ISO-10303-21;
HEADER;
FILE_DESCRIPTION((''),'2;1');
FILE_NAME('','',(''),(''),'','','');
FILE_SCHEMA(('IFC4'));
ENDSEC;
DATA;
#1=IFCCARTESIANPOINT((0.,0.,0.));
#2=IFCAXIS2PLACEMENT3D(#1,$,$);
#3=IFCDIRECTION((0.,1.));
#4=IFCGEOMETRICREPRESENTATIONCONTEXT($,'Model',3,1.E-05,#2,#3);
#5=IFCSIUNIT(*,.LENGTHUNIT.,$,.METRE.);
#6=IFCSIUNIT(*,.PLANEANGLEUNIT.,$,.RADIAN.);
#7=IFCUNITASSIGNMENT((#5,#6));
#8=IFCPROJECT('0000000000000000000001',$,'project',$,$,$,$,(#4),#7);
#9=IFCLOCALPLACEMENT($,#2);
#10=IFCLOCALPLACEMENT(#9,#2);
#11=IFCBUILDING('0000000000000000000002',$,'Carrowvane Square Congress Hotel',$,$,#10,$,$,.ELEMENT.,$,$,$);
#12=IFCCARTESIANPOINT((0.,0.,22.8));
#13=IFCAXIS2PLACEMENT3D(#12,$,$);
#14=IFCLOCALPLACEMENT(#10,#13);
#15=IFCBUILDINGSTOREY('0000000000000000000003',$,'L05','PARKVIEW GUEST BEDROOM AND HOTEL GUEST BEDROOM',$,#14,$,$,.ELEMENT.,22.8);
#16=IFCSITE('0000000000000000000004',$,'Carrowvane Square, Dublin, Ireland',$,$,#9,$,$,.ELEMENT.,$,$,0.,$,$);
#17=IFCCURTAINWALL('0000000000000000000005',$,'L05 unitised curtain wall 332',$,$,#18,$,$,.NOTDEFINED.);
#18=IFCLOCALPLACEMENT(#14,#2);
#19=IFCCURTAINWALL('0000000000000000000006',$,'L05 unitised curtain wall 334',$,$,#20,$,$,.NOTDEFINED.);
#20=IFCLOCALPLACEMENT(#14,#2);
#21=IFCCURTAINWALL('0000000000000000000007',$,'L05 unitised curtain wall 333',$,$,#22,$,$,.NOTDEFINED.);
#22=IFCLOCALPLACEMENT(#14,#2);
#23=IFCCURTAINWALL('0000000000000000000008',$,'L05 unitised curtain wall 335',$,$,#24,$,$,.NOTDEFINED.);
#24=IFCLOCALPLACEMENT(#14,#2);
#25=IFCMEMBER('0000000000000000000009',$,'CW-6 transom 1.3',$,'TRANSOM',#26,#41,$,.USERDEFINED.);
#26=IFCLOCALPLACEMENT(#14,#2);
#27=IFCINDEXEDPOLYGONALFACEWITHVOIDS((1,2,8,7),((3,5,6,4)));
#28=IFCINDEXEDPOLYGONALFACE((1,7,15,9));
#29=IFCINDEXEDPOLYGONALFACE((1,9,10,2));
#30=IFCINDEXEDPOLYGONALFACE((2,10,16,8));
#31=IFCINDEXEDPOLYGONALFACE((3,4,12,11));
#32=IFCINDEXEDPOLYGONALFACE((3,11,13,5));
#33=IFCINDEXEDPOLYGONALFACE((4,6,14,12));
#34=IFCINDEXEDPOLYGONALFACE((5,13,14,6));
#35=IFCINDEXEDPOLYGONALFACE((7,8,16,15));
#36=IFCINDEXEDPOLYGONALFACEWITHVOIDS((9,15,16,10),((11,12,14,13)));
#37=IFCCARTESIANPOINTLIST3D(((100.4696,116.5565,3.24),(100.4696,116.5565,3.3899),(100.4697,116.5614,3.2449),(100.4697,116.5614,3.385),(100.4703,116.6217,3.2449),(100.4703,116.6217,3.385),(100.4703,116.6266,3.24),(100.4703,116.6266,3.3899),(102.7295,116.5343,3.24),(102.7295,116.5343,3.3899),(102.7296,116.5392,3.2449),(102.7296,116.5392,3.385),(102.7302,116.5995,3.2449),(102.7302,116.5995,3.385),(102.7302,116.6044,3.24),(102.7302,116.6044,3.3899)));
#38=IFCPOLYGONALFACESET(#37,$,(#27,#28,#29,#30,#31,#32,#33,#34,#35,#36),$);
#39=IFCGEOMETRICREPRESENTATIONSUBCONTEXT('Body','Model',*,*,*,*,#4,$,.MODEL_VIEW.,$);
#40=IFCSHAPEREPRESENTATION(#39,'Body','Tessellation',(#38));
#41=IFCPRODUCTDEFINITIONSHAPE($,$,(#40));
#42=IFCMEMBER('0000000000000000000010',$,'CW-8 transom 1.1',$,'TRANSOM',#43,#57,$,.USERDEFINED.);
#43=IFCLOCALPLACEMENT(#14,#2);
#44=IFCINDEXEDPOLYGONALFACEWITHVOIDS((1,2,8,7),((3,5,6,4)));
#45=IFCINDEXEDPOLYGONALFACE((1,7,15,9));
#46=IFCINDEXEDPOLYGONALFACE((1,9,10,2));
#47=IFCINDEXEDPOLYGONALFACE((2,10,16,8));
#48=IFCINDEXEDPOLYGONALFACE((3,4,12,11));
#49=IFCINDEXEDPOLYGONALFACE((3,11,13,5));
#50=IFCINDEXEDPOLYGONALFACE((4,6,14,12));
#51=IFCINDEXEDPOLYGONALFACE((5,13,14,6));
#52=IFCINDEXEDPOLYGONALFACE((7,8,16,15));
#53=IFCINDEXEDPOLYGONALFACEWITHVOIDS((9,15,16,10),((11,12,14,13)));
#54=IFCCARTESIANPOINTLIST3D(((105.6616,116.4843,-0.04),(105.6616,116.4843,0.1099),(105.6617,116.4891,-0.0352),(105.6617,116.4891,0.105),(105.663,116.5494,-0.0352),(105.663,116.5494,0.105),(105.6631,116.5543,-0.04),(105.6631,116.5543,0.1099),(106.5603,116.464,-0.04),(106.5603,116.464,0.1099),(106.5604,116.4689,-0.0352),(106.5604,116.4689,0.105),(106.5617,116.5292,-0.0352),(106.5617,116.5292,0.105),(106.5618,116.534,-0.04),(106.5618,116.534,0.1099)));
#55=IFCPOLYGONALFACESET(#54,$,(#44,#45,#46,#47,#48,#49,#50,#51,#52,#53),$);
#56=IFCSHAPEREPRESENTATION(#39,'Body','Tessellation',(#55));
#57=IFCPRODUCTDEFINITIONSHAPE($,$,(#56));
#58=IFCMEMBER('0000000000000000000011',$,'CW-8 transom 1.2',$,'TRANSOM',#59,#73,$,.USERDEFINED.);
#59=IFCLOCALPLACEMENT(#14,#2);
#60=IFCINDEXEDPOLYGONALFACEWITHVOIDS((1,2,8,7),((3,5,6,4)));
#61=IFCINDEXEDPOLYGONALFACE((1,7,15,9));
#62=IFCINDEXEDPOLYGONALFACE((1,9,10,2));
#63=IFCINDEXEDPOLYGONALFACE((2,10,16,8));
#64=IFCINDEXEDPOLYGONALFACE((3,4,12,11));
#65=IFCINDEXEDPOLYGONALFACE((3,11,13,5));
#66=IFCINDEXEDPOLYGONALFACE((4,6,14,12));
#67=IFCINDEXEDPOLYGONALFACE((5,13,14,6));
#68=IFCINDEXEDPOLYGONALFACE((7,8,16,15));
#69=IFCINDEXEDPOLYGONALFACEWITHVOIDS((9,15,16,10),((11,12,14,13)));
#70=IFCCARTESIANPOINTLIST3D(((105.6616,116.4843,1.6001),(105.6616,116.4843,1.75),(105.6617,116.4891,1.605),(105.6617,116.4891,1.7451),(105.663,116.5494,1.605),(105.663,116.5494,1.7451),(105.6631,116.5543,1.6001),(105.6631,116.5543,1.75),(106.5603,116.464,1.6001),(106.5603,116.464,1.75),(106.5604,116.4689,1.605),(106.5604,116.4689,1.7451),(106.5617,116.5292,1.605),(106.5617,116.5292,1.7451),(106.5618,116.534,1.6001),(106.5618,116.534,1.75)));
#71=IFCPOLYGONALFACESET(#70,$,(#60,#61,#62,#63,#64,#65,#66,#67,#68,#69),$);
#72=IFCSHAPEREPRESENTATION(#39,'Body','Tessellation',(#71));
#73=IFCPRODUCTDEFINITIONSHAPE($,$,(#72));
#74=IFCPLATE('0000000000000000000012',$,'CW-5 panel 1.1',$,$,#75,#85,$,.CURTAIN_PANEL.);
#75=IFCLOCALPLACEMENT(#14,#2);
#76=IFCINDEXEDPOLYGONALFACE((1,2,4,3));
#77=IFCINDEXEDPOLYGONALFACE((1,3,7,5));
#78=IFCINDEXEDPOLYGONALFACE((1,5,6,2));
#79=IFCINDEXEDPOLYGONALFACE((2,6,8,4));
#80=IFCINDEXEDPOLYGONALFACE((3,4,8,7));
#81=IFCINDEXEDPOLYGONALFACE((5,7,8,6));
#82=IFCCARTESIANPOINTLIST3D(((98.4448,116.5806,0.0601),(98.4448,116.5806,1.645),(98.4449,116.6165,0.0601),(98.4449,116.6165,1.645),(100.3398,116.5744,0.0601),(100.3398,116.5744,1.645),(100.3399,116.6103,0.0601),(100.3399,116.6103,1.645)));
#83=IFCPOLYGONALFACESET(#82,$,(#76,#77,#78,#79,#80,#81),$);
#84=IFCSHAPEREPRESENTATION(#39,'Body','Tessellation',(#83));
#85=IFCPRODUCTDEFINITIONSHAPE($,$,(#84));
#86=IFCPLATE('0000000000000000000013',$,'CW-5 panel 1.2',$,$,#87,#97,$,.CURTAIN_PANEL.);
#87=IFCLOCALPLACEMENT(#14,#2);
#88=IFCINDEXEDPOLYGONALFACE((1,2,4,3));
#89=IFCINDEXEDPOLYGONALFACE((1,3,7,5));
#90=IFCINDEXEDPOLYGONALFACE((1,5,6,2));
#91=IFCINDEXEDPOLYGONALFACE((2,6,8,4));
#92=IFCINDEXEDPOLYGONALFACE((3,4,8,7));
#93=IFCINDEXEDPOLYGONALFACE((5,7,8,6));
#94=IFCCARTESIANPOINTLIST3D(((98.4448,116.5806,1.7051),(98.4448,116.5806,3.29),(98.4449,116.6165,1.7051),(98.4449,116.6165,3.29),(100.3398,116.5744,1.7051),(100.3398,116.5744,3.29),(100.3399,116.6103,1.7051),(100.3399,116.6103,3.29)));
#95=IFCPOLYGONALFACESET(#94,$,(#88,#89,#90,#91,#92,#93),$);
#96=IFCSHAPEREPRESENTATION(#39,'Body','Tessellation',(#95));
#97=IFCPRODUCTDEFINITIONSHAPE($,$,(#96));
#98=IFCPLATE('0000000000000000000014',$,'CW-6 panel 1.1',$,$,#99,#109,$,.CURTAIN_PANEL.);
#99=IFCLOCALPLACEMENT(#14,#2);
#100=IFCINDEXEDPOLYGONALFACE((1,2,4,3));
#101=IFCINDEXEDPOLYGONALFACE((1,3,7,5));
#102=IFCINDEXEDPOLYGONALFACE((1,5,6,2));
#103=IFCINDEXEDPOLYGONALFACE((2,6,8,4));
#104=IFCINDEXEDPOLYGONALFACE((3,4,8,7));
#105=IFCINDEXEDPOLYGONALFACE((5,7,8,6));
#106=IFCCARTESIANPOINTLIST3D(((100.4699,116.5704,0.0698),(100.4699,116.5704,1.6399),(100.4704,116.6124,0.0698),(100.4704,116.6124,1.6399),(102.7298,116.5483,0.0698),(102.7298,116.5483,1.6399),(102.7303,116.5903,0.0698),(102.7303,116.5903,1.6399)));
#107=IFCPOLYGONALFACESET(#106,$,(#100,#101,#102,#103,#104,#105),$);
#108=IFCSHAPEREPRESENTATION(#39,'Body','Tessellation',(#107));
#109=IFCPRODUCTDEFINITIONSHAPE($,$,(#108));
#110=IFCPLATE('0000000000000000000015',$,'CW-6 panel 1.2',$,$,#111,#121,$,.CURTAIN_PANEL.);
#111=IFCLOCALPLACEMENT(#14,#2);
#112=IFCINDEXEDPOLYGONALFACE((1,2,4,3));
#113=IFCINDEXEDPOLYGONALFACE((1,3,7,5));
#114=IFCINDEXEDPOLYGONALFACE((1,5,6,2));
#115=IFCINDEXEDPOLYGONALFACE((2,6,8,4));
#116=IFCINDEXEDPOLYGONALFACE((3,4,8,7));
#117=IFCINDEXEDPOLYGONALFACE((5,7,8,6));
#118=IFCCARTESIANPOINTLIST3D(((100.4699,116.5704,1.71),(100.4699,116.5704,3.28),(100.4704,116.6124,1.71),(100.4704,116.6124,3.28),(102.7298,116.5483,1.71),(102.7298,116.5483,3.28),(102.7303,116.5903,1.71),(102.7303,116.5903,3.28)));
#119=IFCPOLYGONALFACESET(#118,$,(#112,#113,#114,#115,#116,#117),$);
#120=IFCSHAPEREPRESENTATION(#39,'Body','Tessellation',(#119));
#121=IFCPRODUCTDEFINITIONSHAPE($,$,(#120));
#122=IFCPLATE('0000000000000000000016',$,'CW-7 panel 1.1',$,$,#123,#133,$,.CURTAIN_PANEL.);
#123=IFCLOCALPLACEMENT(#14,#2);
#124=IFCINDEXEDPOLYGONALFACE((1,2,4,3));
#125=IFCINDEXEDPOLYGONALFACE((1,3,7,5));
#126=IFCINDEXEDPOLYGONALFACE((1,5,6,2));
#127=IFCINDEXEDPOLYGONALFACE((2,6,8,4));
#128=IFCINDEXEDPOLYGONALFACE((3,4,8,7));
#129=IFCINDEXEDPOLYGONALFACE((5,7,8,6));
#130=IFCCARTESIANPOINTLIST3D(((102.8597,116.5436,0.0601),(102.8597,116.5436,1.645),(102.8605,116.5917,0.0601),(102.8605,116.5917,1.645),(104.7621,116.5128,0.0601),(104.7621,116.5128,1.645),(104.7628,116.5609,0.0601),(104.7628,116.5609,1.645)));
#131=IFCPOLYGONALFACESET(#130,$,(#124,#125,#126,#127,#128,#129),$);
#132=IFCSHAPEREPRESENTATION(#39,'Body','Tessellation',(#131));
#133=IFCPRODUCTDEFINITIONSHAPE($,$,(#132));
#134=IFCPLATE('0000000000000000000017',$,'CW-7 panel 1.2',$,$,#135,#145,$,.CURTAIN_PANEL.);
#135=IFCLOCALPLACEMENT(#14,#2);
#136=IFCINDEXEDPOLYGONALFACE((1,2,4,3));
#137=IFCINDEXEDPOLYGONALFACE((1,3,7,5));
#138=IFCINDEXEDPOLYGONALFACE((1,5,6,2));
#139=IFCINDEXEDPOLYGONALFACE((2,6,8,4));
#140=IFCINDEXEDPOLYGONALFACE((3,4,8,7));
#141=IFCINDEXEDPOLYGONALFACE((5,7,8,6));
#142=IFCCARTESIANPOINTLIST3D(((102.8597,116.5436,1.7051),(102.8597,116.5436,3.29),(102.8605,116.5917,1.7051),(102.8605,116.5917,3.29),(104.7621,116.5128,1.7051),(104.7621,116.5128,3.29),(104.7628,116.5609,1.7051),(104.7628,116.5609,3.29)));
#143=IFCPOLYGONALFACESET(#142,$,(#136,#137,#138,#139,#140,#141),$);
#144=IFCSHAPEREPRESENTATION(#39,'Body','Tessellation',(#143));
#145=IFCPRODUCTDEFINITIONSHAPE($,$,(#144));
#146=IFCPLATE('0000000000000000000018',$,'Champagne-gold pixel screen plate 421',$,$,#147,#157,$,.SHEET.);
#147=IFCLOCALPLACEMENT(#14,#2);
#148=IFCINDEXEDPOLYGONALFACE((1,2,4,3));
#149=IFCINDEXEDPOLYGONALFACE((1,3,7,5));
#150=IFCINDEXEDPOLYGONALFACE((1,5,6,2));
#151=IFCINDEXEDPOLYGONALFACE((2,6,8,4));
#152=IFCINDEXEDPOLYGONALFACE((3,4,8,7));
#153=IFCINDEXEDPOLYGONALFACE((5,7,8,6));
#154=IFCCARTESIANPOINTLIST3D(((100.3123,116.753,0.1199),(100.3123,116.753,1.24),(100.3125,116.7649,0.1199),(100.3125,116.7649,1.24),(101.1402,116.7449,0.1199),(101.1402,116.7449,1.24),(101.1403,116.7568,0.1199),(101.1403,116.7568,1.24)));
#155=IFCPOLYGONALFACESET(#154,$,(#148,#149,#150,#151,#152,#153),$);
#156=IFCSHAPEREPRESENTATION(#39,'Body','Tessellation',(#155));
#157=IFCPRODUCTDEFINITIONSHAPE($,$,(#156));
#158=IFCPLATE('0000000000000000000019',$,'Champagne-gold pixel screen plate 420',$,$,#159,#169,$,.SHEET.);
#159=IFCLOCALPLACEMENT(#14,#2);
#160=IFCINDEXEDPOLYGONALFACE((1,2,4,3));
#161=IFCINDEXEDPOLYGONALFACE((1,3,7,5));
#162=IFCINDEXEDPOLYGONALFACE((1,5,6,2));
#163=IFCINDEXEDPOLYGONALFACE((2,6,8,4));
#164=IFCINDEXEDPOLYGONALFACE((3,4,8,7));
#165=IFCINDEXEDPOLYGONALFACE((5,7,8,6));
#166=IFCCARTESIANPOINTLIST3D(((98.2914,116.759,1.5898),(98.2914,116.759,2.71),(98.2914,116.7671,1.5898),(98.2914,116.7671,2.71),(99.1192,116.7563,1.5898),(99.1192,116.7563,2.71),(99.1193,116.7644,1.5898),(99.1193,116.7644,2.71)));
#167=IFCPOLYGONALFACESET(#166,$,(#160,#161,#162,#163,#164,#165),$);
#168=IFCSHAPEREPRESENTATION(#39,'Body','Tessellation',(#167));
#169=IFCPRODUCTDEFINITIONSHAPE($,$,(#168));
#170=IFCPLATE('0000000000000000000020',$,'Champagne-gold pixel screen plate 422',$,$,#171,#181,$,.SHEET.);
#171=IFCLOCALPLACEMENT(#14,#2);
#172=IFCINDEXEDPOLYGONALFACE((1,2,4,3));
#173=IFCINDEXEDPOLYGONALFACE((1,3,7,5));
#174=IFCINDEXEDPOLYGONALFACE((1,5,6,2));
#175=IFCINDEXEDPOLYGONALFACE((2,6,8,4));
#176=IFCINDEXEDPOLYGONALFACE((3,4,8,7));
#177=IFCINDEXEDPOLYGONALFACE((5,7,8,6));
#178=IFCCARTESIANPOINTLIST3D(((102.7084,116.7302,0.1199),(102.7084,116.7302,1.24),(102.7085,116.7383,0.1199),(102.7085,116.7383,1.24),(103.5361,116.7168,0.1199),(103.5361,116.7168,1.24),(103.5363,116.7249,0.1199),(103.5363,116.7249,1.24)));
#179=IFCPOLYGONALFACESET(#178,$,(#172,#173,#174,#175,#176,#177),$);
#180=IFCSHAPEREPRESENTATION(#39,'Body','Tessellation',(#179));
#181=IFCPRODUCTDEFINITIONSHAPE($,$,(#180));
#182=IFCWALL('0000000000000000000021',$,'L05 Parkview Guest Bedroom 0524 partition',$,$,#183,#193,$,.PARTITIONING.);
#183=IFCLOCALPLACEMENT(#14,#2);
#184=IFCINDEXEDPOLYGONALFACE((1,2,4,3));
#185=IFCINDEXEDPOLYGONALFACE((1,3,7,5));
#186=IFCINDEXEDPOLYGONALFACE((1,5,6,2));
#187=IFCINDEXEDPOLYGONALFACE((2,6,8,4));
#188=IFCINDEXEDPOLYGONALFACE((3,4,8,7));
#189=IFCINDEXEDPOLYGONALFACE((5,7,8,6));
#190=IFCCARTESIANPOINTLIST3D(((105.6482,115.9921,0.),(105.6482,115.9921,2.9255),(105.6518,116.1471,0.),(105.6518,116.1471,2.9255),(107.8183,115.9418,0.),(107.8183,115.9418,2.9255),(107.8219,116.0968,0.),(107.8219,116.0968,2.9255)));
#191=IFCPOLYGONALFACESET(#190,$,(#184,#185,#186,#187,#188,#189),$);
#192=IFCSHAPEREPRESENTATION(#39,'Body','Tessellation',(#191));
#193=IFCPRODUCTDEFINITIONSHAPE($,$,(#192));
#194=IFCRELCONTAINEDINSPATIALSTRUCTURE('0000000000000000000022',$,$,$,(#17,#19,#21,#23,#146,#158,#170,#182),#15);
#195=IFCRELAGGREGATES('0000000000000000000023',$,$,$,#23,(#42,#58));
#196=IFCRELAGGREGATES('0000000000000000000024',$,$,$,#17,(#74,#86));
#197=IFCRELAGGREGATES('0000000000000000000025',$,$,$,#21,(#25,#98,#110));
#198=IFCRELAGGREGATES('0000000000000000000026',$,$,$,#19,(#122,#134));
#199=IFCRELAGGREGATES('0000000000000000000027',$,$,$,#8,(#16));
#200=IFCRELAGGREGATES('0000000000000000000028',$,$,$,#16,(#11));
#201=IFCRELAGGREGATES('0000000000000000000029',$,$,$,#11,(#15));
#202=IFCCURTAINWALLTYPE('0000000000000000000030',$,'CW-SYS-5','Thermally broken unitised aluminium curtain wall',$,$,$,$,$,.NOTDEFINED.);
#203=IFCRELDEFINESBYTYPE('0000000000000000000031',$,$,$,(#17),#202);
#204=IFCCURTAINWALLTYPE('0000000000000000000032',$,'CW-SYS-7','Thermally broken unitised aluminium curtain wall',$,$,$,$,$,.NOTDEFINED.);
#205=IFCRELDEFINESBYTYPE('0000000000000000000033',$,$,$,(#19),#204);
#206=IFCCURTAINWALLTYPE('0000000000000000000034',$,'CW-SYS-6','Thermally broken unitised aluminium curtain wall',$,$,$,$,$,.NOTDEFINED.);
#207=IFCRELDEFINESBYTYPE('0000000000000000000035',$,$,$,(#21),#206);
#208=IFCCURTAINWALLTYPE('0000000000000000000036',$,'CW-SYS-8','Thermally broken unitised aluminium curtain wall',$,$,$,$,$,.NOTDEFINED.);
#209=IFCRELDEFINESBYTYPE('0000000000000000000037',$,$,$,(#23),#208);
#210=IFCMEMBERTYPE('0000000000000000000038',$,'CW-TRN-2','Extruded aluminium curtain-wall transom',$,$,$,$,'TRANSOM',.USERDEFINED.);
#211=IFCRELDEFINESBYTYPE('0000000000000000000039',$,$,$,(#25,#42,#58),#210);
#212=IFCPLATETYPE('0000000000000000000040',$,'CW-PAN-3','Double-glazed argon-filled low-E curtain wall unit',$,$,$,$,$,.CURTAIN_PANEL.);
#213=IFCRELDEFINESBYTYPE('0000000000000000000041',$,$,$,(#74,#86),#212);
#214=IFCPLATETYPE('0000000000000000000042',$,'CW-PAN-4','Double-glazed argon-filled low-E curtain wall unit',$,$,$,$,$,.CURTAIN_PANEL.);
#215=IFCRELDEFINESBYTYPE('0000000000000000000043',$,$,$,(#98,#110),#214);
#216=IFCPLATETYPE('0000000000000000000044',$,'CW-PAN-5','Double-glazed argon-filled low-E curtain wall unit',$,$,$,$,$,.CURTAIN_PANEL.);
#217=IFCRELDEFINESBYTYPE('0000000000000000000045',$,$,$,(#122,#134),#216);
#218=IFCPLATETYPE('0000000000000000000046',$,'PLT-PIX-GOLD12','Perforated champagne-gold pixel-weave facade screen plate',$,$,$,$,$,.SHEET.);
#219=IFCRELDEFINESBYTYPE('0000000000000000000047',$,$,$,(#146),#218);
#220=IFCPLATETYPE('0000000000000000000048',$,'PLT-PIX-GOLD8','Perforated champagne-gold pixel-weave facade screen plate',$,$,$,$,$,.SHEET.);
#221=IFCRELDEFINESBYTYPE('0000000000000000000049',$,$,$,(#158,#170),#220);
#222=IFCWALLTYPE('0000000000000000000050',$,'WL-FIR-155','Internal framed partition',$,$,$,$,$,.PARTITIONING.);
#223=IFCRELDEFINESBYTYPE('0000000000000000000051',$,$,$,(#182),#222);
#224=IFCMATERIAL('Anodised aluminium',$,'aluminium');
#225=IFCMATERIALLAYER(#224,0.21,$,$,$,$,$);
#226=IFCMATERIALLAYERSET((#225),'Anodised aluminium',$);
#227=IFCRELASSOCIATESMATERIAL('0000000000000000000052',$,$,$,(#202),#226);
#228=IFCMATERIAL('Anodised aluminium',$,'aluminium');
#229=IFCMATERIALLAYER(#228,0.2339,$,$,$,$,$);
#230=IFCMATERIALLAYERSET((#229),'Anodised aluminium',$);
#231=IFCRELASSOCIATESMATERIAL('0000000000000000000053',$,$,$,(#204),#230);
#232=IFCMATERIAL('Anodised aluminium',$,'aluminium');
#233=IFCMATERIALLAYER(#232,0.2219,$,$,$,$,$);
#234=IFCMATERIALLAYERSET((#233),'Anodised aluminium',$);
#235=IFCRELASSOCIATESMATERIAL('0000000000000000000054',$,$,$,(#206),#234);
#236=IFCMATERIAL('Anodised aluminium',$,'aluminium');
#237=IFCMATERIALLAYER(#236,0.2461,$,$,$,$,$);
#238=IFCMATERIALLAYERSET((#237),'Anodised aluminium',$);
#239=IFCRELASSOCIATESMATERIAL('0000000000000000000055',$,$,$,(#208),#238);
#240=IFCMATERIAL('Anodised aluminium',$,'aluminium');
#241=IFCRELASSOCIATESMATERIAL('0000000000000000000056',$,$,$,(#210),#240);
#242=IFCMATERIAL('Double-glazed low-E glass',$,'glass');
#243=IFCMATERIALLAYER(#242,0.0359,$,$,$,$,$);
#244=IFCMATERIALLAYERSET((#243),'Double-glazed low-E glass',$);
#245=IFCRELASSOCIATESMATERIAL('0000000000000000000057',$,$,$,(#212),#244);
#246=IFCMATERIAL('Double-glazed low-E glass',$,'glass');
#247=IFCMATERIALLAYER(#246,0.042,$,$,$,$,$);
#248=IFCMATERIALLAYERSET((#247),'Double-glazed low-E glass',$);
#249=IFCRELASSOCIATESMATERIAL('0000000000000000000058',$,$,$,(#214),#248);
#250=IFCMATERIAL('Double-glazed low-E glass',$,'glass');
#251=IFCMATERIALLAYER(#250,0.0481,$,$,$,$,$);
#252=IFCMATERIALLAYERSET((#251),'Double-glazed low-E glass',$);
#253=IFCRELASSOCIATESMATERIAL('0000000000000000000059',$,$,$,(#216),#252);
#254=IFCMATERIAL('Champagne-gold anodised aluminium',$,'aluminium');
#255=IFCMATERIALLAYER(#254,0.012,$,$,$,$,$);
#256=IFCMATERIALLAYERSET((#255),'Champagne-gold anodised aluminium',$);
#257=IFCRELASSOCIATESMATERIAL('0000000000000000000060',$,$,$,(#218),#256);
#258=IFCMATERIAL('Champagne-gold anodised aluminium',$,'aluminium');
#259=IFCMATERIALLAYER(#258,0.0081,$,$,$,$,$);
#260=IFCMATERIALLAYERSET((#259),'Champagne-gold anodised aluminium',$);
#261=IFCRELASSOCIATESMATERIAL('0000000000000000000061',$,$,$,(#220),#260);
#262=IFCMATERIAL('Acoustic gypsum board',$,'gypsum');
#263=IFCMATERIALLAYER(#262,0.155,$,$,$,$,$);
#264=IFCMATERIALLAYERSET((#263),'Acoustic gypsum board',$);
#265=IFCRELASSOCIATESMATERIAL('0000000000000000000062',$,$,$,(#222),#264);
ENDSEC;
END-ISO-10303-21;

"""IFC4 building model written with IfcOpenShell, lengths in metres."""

from ifc_helpers import new_model, si_unit, direction, frame, frame_2d, origin, origin_2d, place, context, subcontext, project, spatial, rectangle, hollow_rectangle, extrude, material, layer, layer_set, material_profile, profile_set, type_object, element, aggregate, save


model = new_model("IFC4")

# Units and contexts
model_context = context("Model", 3, precision=1e-05, world=origin(), true_north=direction((0.0, 1.0)))
body_context = subcontext(model_context, "Body", "Model", "MODEL_VIEW")
ifc_project = project(units=[si_unit("LENGTHUNIT", "METRE"), si_unit("PLANEANGLEUNIT", "RADIAN")], contexts=[model_context])

# Site, building, storey
site_placement = place(None, origin())
site = spatial("IfcSite", under=ifc_project, at=site_placement, Name="Carrowvane Square, Dublin, Ireland", CompositionType="ELEMENT", RefElevation=0.0)
building_placement = place(site_placement, origin())
building = spatial("IfcBuilding", under=site, at=building_placement, Name="Carrowvane Square Congress Hotel", CompositionType="ELEMENT")
storey_placement = place(building_placement, frame((0.0, 0.0, 22.8)))
storey = spatial("IfcBuildingStorey", under=building, at=storey_placement, Name="L05", Description="PARKVIEW GUEST BEDROOM AND HOTEL GUEST BEDROOM", CompositionType="ELEMENT", Elevation=22.8)

# Curtain walls
ifc_material_1 = material(Name="Anodised aluminium", Category="aluminium")
ifc_layer_1 = layer(ifc_material_1, 0.21)
ifc_layer_set_1 = layer_set([ifc_layer_1], Name="Anodised aluminium")
curtain_wall_type_1 = type_object("IfcCurtainWallType", Name="CW-SYS-5", Description="Thermally broken unitised aluminium curtain wall", PredefinedType="NOTDEFINED", material=ifc_layer_set_1)
curtain_wall_1_placement = place(storey_placement, origin())
curtain_wall_1 = element("IfcCurtainWall", 1, at=curtain_wall_1_placement, inside=storey, type_object=curtain_wall_type_1, Name="L05 unitised curtain wall 332", PredefinedType="NOTDEFINED")
ifc_material_2 = material(Name="Anodised aluminium", Category="aluminium")
ifc_layer_2 = layer(ifc_material_2, 0.2339)
ifc_layer_set_2 = layer_set([ifc_layer_2], Name="Anodised aluminium")
curtain_wall_type_2 = type_object("IfcCurtainWallType", Name="CW-SYS-7", Description="Thermally broken unitised aluminium curtain wall", PredefinedType="NOTDEFINED", material=ifc_layer_set_2)
curtain_wall_2_placement = place(storey_placement, origin())
curtain_wall_2 = element("IfcCurtainWall", 2, at=curtain_wall_2_placement, inside=storey, type_object=curtain_wall_type_2, Name="L05 unitised curtain wall 334", PredefinedType="NOTDEFINED")
ifc_material_3 = material(Name="Anodised aluminium", Category="aluminium")
ifc_layer_3 = layer(ifc_material_3, 0.2219)
ifc_layer_set_3 = layer_set([ifc_layer_3], Name="Anodised aluminium")
curtain_wall_type_3 = type_object("IfcCurtainWallType", Name="CW-SYS-6", Description="Thermally broken unitised aluminium curtain wall", PredefinedType="NOTDEFINED", material=ifc_layer_set_3)
curtain_wall_3_placement = place(storey_placement, origin())
curtain_wall_3 = element("IfcCurtainWall", 3, at=curtain_wall_3_placement, inside=storey, type_object=curtain_wall_type_3, Name="L05 unitised curtain wall 333", PredefinedType="NOTDEFINED")

# Curtain wall
ifc_material_4 = material(Name="Anodised aluminium", Category="aluminium")
ifc_layer_4 = layer(ifc_material_4, 0.2461)
ifc_layer_set_4 = layer_set([ifc_layer_4], Name="Anodised aluminium")
curtain_wall_type_4 = type_object("IfcCurtainWallType", Name="CW-SYS-8", Description="Thermally broken unitised aluminium curtain wall", PredefinedType="NOTDEFINED", material=ifc_layer_set_4)
curtain_wall_4_placement = place(storey_placement, origin())
curtain_wall_4 = element("IfcCurtainWall", 4, at=curtain_wall_4_placement, inside=storey, type_object=curtain_wall_type_4, Name="L05 unitised curtain wall 335", PredefinedType="NOTDEFINED")

# Members
ifc_material_5 = material(Name="Anodised aluminium", Category="aluminium")
ifc_material_profile_1 = material_profile(ifc_material_5, hollow_rectangle(XDim=0.0701, YDim=0.1499, WallThickness=0.0049, at=origin_2d()), Name="CW-TR 70x150x5")
ifc_profile_set_1 = profile_set([ifc_material_profile_1], Name="Anodised aluminium")
member_type_1 = type_object("IfcMemberType", Name="CW-TRN-2", Description="Extruded aluminium curtain-wall transom", ElementType="TRANSOM", PredefinedType="USERDEFINED", material=ifc_profile_set_1)
member_1_placement = place(storey_placement, frame((100.47, 116.5916, 3.3149), z_axis=(0.999952, -0.00983, 0.0), x_axis=(0.00983, 0.999952, 0.0)))
member_1 = element("IfcMember", 5, at=member_1_placement, type_object=member_type_1, Name="CW-6 transom 1.3", ObjectType="TRANSOM", PredefinedType="USERDEFINED", context=body_context, shape_type="SweptSolid", body=[
    extrude(hollow_rectangle(XDim=0.0701, YDim=0.1499, WallThickness=0.0049, at=origin_2d()), origin(), (0.0, 0.0, 1.0), 2.26),
])
member_2_placement = place(storey_placement, frame((105.6624, 116.5193, 0.0349), z_axis=(0.999746, -0.022542, 0.0), x_axis=(0.022542, 0.999746, 0.0)))
member_2 = element("IfcMember", 6, at=member_2_placement, type_object=member_type_1, Name="CW-8 transom 1.1", ObjectType="TRANSOM", PredefinedType="USERDEFINED", context=body_context, shape_type="SweptSolid", body=[
    extrude(hollow_rectangle(XDim=0.0701, YDim=0.1499, WallThickness=0.0049, at=origin_2d()), origin(), (0.0, 0.0, 1.0), 0.8989),
])
member_3_placement = place(storey_placement, frame((105.6624, 116.5193, 1.675), z_axis=(0.999746, -0.022542, 0.0), x_axis=(0.022542, 0.999746, 0.0)))
member_3 = element("IfcMember", 7, at=member_3_placement, type_object=member_type_1, Name="CW-8 transom 1.2", ObjectType="TRANSOM", PredefinedType="USERDEFINED", context=body_context, shape_type="SweptSolid", body=[
    extrude(hollow_rectangle(XDim=0.0701, YDim=0.1499, WallThickness=0.0049, at=origin_2d()), origin(), (0.0, 0.0, 1.0), 0.8989),
])
aggregate(curtain_wall_4, [member_2, member_3])

# Plates
ifc_material_6 = material(Name="Double-glazed low-E glass", Category="glass")
ifc_layer_5 = layer(ifc_material_6, 0.0359)
ifc_layer_set_5 = layer_set([ifc_layer_5], Name="Double-glazed low-E glass")
plate_type_1 = type_object("IfcPlateType", Name="CW-PAN-3", Description="Double-glazed argon-filled low-E curtain wall unit", PredefinedType="CURTAIN_PANEL", material=ifc_layer_set_5)
plate_1_placement = place(storey_placement, frame((99.3923, 116.5955, 0.0601), z_axis=(0.0, 0.0, 1.0), x_axis=(0.999995, -0.00327, 0.0)))
plate_1 = element("IfcPlate", 8, at=plate_1_placement, type_object=plate_type_1, Name="CW-5 panel 1.1", PredefinedType="CURTAIN_PANEL", context=body_context, shape_type="SweptSolid", body=[
    extrude(rectangle(XDim=1.895, YDim=0.0359, at=origin_2d()), origin(), (0.0, 0.0, 1.0), 1.585),
])
plate_2_placement = place(storey_placement, frame((99.3923, 116.5955, 1.7051), z_axis=(0.0, 0.0, 1.0), x_axis=(0.999995, -0.00327, 0.0)))
plate_2 = element("IfcPlate", 9, at=plate_2_placement, type_object=plate_type_1, Name="CW-5 panel 1.2", PredefinedType="CURTAIN_PANEL", context=body_context, shape_type="SweptSolid", body=[
    extrude(rectangle(XDim=1.895, YDim=0.0359, at=origin_2d()), origin(), (0.0, 0.0, 1.0), 1.585),
])
aggregate(curtain_wall_1, [plate_1, plate_2])
ifc_material_7 = material(Name="Double-glazed low-E glass", Category="glass")
ifc_layer_6 = layer(ifc_material_7, 0.042)
ifc_layer_set_6 = layer_set([ifc_layer_6], Name="Double-glazed low-E glass")
plate_type_2 = type_object("IfcPlateType", Name="CW-PAN-4", Description="Double-glazed argon-filled low-E curtain wall unit", PredefinedType="CURTAIN_PANEL", material=ifc_layer_set_6)
plate_3_placement = place(storey_placement, frame((101.6001, 116.5803, 0.0698), z_axis=(0.0, 0.0, 1.0), x_axis=(0.999952, -0.009783, 0.0)))
plate_3 = element("IfcPlate", 10, at=plate_3_placement, type_object=plate_type_2, Name="CW-6 panel 1.1", PredefinedType="CURTAIN_PANEL", context=body_context, shape_type="SweptSolid", body=[
    extrude(rectangle(XDim=2.26, YDim=0.042, at=origin_2d()), origin(), (0.0, 0.0, 1.0), 1.5701),
])
plate_4_placement = place(storey_placement, frame((101.6001, 116.5803, 1.71), z_axis=(0.0, 0.0, 1.0), x_axis=(0.999952, -0.009783, 0.0)))
plate_4 = element("IfcPlate", 11, at=plate_4_placement, type_object=plate_type_2, Name="CW-6 panel 1.2", PredefinedType="CURTAIN_PANEL", context=body_context, shape_type="SweptSolid", body=[
    extrude(rectangle(XDim=2.26, YDim=0.042, at=origin_2d()), origin(), (0.0, 0.0, 1.0), 1.5701),
])
aggregate(curtain_wall_3, [member_1, plate_3, plate_4])
ifc_material_8 = material(Name="Double-glazed low-E glass", Category="glass")
ifc_layer_7 = layer(ifc_material_8, 0.0481)
ifc_layer_set_7 = layer_set([ifc_layer_7], Name="Double-glazed low-E glass")
plate_type_3 = type_object("IfcPlateType", Name="CW-PAN-5", Description="Double-glazed argon-filled low-E curtain wall unit", PredefinedType="CURTAIN_PANEL", material=ifc_layer_set_7)
plate_5_placement = place(storey_placement, frame((103.8113, 116.5522, 0.0601), z_axis=(0.0, 0.0, 1.0), x_axis=(0.999869, -0.016216, 0.0)))
plate_5 = element("IfcPlate", 12, at=plate_5_placement, type_object=plate_type_3, Name="CW-7 panel 1.1", PredefinedType="CURTAIN_PANEL", context=body_context, shape_type="SweptSolid", body=[
    extrude(rectangle(XDim=1.9026, YDim=0.0481, at=origin_2d()), origin(), (0.0, 0.0, 1.0), 1.585),
])
plate_6_placement = place(storey_placement, frame((103.8113, 116.5522, 1.7051), z_axis=(0.0, 0.0, 1.0), x_axis=(0.999869, -0.016216, 0.0)))
plate_6 = element("IfcPlate", 13, at=plate_6_placement, type_object=plate_type_3, Name="CW-7 panel 1.2", PredefinedType="CURTAIN_PANEL", context=body_context, shape_type="SweptSolid", body=[
    extrude(rectangle(XDim=1.9026, YDim=0.0481, at=origin_2d()), origin(), (0.0, 0.0, 1.0), 1.585),
])
aggregate(curtain_wall_2, [plate_5, plate_6])

# Plates
ifc_material_9 = material(Name="Champagne-gold anodised aluminium", Category="aluminium")
ifc_layer_8 = layer(ifc_material_9, 0.012)
ifc_layer_set_8 = layer_set([ifc_layer_8], Name="Champagne-gold anodised aluminium")
plate_type_4 = type_object("IfcPlateType", Name="PLT-PIX-GOLD12", Description="Perforated champagne-gold pixel-weave facade screen plate", PredefinedType="SHEET", material=ifc_layer_set_8)
plate_7_placement = place(storey_placement, frame((100.7263, 116.7549, 0.1199), z_axis=(0.0, 0.0, 1.0), x_axis=(0.999952, -0.009782, 0.0)))
element("IfcPlate", 14, at=plate_7_placement, inside=storey, type_object=plate_type_4, Name="Champagne-gold pixel screen plate 421", PredefinedType="SHEET", context=body_context, shape_type="SweptSolid", body=[
    extrude(rectangle(XDim=0.8279, YDim=0.012, at=origin_2d()), origin(), (0.0, 0.0, 1.0), 1.1201),
])
ifc_material_10 = material(Name="Champagne-gold anodised aluminium", Category="aluminium")
ifc_layer_9 = layer(ifc_material_10, 0.0081)
ifc_layer_set_9 = layer_set([ifc_layer_9], Name="Champagne-gold anodised aluminium")
plate_type_5 = type_object("IfcPlateType", Name="PLT-PIX-GOLD8", Description="Perforated champagne-gold pixel-weave facade screen plate", PredefinedType="SHEET", material=ifc_layer_set_9)
for number, where, z_axis, x_axis, name in (
    (15, (98.7053, 116.7617, 1.5898), (0.0, 0.0, 1.0), (0.999995, -0.00327, 0.0), "Champagne-gold pixel screen plate 420"),
    (16, (103.1223, 116.7275, 0.1199), (0.0, 0.0, 1.0), (0.999869, -0.016216, 0.0), "Champagne-gold pixel screen plate 422"),
):
    element("IfcPlate", number, at=place(storey_placement, frame(where, z_axis=z_axis, x_axis=x_axis)), inside=storey, type_object=plate_type_5, Name=name, PredefinedType="SHEET", context=body_context, shape_type="SweptSolid", body=[
        extrude(rectangle(XDim=0.8279, YDim=0.0081, at=origin_2d()), origin(), (0.0, 0.0, 1.0), 1.1201),
    ])

# Wall
ifc_material_11 = material(Name="Acoustic gypsum board", Category="gypsum")
ifc_layer_10 = layer(ifc_material_11, 0.155)
ifc_layer_set_10 = layer_set([ifc_layer_10], Name="Acoustic gypsum board")
wall_type_1 = type_object("IfcWallType", Name="WL-FIR-155", Description="Internal framed partition", PredefinedType="PARTITIONING", material=ifc_layer_set_10)
wall_1_placement = place(storey_placement, frame((105.6499, 116.0696, 0.0), z_axis=(0.0, 0.0, 1.0), x_axis=(0.999732, -0.023168, 0.0)))
element("IfcWall", 17, at=wall_1_placement, inside=storey, type_object=wall_type_1, Name="L05 Parkview Guest Bedroom 0524 partition", PredefinedType="PARTITIONING", context=body_context, shape_type="SweptSolid", body=[
    extrude(rectangle(XDim=2.1707, YDim=0.155, at=frame_2d((1.0854, 0.0))), origin(), (0.0, 0.0, 1.0), 2.9255),
])

save(model, "model.ifc")
